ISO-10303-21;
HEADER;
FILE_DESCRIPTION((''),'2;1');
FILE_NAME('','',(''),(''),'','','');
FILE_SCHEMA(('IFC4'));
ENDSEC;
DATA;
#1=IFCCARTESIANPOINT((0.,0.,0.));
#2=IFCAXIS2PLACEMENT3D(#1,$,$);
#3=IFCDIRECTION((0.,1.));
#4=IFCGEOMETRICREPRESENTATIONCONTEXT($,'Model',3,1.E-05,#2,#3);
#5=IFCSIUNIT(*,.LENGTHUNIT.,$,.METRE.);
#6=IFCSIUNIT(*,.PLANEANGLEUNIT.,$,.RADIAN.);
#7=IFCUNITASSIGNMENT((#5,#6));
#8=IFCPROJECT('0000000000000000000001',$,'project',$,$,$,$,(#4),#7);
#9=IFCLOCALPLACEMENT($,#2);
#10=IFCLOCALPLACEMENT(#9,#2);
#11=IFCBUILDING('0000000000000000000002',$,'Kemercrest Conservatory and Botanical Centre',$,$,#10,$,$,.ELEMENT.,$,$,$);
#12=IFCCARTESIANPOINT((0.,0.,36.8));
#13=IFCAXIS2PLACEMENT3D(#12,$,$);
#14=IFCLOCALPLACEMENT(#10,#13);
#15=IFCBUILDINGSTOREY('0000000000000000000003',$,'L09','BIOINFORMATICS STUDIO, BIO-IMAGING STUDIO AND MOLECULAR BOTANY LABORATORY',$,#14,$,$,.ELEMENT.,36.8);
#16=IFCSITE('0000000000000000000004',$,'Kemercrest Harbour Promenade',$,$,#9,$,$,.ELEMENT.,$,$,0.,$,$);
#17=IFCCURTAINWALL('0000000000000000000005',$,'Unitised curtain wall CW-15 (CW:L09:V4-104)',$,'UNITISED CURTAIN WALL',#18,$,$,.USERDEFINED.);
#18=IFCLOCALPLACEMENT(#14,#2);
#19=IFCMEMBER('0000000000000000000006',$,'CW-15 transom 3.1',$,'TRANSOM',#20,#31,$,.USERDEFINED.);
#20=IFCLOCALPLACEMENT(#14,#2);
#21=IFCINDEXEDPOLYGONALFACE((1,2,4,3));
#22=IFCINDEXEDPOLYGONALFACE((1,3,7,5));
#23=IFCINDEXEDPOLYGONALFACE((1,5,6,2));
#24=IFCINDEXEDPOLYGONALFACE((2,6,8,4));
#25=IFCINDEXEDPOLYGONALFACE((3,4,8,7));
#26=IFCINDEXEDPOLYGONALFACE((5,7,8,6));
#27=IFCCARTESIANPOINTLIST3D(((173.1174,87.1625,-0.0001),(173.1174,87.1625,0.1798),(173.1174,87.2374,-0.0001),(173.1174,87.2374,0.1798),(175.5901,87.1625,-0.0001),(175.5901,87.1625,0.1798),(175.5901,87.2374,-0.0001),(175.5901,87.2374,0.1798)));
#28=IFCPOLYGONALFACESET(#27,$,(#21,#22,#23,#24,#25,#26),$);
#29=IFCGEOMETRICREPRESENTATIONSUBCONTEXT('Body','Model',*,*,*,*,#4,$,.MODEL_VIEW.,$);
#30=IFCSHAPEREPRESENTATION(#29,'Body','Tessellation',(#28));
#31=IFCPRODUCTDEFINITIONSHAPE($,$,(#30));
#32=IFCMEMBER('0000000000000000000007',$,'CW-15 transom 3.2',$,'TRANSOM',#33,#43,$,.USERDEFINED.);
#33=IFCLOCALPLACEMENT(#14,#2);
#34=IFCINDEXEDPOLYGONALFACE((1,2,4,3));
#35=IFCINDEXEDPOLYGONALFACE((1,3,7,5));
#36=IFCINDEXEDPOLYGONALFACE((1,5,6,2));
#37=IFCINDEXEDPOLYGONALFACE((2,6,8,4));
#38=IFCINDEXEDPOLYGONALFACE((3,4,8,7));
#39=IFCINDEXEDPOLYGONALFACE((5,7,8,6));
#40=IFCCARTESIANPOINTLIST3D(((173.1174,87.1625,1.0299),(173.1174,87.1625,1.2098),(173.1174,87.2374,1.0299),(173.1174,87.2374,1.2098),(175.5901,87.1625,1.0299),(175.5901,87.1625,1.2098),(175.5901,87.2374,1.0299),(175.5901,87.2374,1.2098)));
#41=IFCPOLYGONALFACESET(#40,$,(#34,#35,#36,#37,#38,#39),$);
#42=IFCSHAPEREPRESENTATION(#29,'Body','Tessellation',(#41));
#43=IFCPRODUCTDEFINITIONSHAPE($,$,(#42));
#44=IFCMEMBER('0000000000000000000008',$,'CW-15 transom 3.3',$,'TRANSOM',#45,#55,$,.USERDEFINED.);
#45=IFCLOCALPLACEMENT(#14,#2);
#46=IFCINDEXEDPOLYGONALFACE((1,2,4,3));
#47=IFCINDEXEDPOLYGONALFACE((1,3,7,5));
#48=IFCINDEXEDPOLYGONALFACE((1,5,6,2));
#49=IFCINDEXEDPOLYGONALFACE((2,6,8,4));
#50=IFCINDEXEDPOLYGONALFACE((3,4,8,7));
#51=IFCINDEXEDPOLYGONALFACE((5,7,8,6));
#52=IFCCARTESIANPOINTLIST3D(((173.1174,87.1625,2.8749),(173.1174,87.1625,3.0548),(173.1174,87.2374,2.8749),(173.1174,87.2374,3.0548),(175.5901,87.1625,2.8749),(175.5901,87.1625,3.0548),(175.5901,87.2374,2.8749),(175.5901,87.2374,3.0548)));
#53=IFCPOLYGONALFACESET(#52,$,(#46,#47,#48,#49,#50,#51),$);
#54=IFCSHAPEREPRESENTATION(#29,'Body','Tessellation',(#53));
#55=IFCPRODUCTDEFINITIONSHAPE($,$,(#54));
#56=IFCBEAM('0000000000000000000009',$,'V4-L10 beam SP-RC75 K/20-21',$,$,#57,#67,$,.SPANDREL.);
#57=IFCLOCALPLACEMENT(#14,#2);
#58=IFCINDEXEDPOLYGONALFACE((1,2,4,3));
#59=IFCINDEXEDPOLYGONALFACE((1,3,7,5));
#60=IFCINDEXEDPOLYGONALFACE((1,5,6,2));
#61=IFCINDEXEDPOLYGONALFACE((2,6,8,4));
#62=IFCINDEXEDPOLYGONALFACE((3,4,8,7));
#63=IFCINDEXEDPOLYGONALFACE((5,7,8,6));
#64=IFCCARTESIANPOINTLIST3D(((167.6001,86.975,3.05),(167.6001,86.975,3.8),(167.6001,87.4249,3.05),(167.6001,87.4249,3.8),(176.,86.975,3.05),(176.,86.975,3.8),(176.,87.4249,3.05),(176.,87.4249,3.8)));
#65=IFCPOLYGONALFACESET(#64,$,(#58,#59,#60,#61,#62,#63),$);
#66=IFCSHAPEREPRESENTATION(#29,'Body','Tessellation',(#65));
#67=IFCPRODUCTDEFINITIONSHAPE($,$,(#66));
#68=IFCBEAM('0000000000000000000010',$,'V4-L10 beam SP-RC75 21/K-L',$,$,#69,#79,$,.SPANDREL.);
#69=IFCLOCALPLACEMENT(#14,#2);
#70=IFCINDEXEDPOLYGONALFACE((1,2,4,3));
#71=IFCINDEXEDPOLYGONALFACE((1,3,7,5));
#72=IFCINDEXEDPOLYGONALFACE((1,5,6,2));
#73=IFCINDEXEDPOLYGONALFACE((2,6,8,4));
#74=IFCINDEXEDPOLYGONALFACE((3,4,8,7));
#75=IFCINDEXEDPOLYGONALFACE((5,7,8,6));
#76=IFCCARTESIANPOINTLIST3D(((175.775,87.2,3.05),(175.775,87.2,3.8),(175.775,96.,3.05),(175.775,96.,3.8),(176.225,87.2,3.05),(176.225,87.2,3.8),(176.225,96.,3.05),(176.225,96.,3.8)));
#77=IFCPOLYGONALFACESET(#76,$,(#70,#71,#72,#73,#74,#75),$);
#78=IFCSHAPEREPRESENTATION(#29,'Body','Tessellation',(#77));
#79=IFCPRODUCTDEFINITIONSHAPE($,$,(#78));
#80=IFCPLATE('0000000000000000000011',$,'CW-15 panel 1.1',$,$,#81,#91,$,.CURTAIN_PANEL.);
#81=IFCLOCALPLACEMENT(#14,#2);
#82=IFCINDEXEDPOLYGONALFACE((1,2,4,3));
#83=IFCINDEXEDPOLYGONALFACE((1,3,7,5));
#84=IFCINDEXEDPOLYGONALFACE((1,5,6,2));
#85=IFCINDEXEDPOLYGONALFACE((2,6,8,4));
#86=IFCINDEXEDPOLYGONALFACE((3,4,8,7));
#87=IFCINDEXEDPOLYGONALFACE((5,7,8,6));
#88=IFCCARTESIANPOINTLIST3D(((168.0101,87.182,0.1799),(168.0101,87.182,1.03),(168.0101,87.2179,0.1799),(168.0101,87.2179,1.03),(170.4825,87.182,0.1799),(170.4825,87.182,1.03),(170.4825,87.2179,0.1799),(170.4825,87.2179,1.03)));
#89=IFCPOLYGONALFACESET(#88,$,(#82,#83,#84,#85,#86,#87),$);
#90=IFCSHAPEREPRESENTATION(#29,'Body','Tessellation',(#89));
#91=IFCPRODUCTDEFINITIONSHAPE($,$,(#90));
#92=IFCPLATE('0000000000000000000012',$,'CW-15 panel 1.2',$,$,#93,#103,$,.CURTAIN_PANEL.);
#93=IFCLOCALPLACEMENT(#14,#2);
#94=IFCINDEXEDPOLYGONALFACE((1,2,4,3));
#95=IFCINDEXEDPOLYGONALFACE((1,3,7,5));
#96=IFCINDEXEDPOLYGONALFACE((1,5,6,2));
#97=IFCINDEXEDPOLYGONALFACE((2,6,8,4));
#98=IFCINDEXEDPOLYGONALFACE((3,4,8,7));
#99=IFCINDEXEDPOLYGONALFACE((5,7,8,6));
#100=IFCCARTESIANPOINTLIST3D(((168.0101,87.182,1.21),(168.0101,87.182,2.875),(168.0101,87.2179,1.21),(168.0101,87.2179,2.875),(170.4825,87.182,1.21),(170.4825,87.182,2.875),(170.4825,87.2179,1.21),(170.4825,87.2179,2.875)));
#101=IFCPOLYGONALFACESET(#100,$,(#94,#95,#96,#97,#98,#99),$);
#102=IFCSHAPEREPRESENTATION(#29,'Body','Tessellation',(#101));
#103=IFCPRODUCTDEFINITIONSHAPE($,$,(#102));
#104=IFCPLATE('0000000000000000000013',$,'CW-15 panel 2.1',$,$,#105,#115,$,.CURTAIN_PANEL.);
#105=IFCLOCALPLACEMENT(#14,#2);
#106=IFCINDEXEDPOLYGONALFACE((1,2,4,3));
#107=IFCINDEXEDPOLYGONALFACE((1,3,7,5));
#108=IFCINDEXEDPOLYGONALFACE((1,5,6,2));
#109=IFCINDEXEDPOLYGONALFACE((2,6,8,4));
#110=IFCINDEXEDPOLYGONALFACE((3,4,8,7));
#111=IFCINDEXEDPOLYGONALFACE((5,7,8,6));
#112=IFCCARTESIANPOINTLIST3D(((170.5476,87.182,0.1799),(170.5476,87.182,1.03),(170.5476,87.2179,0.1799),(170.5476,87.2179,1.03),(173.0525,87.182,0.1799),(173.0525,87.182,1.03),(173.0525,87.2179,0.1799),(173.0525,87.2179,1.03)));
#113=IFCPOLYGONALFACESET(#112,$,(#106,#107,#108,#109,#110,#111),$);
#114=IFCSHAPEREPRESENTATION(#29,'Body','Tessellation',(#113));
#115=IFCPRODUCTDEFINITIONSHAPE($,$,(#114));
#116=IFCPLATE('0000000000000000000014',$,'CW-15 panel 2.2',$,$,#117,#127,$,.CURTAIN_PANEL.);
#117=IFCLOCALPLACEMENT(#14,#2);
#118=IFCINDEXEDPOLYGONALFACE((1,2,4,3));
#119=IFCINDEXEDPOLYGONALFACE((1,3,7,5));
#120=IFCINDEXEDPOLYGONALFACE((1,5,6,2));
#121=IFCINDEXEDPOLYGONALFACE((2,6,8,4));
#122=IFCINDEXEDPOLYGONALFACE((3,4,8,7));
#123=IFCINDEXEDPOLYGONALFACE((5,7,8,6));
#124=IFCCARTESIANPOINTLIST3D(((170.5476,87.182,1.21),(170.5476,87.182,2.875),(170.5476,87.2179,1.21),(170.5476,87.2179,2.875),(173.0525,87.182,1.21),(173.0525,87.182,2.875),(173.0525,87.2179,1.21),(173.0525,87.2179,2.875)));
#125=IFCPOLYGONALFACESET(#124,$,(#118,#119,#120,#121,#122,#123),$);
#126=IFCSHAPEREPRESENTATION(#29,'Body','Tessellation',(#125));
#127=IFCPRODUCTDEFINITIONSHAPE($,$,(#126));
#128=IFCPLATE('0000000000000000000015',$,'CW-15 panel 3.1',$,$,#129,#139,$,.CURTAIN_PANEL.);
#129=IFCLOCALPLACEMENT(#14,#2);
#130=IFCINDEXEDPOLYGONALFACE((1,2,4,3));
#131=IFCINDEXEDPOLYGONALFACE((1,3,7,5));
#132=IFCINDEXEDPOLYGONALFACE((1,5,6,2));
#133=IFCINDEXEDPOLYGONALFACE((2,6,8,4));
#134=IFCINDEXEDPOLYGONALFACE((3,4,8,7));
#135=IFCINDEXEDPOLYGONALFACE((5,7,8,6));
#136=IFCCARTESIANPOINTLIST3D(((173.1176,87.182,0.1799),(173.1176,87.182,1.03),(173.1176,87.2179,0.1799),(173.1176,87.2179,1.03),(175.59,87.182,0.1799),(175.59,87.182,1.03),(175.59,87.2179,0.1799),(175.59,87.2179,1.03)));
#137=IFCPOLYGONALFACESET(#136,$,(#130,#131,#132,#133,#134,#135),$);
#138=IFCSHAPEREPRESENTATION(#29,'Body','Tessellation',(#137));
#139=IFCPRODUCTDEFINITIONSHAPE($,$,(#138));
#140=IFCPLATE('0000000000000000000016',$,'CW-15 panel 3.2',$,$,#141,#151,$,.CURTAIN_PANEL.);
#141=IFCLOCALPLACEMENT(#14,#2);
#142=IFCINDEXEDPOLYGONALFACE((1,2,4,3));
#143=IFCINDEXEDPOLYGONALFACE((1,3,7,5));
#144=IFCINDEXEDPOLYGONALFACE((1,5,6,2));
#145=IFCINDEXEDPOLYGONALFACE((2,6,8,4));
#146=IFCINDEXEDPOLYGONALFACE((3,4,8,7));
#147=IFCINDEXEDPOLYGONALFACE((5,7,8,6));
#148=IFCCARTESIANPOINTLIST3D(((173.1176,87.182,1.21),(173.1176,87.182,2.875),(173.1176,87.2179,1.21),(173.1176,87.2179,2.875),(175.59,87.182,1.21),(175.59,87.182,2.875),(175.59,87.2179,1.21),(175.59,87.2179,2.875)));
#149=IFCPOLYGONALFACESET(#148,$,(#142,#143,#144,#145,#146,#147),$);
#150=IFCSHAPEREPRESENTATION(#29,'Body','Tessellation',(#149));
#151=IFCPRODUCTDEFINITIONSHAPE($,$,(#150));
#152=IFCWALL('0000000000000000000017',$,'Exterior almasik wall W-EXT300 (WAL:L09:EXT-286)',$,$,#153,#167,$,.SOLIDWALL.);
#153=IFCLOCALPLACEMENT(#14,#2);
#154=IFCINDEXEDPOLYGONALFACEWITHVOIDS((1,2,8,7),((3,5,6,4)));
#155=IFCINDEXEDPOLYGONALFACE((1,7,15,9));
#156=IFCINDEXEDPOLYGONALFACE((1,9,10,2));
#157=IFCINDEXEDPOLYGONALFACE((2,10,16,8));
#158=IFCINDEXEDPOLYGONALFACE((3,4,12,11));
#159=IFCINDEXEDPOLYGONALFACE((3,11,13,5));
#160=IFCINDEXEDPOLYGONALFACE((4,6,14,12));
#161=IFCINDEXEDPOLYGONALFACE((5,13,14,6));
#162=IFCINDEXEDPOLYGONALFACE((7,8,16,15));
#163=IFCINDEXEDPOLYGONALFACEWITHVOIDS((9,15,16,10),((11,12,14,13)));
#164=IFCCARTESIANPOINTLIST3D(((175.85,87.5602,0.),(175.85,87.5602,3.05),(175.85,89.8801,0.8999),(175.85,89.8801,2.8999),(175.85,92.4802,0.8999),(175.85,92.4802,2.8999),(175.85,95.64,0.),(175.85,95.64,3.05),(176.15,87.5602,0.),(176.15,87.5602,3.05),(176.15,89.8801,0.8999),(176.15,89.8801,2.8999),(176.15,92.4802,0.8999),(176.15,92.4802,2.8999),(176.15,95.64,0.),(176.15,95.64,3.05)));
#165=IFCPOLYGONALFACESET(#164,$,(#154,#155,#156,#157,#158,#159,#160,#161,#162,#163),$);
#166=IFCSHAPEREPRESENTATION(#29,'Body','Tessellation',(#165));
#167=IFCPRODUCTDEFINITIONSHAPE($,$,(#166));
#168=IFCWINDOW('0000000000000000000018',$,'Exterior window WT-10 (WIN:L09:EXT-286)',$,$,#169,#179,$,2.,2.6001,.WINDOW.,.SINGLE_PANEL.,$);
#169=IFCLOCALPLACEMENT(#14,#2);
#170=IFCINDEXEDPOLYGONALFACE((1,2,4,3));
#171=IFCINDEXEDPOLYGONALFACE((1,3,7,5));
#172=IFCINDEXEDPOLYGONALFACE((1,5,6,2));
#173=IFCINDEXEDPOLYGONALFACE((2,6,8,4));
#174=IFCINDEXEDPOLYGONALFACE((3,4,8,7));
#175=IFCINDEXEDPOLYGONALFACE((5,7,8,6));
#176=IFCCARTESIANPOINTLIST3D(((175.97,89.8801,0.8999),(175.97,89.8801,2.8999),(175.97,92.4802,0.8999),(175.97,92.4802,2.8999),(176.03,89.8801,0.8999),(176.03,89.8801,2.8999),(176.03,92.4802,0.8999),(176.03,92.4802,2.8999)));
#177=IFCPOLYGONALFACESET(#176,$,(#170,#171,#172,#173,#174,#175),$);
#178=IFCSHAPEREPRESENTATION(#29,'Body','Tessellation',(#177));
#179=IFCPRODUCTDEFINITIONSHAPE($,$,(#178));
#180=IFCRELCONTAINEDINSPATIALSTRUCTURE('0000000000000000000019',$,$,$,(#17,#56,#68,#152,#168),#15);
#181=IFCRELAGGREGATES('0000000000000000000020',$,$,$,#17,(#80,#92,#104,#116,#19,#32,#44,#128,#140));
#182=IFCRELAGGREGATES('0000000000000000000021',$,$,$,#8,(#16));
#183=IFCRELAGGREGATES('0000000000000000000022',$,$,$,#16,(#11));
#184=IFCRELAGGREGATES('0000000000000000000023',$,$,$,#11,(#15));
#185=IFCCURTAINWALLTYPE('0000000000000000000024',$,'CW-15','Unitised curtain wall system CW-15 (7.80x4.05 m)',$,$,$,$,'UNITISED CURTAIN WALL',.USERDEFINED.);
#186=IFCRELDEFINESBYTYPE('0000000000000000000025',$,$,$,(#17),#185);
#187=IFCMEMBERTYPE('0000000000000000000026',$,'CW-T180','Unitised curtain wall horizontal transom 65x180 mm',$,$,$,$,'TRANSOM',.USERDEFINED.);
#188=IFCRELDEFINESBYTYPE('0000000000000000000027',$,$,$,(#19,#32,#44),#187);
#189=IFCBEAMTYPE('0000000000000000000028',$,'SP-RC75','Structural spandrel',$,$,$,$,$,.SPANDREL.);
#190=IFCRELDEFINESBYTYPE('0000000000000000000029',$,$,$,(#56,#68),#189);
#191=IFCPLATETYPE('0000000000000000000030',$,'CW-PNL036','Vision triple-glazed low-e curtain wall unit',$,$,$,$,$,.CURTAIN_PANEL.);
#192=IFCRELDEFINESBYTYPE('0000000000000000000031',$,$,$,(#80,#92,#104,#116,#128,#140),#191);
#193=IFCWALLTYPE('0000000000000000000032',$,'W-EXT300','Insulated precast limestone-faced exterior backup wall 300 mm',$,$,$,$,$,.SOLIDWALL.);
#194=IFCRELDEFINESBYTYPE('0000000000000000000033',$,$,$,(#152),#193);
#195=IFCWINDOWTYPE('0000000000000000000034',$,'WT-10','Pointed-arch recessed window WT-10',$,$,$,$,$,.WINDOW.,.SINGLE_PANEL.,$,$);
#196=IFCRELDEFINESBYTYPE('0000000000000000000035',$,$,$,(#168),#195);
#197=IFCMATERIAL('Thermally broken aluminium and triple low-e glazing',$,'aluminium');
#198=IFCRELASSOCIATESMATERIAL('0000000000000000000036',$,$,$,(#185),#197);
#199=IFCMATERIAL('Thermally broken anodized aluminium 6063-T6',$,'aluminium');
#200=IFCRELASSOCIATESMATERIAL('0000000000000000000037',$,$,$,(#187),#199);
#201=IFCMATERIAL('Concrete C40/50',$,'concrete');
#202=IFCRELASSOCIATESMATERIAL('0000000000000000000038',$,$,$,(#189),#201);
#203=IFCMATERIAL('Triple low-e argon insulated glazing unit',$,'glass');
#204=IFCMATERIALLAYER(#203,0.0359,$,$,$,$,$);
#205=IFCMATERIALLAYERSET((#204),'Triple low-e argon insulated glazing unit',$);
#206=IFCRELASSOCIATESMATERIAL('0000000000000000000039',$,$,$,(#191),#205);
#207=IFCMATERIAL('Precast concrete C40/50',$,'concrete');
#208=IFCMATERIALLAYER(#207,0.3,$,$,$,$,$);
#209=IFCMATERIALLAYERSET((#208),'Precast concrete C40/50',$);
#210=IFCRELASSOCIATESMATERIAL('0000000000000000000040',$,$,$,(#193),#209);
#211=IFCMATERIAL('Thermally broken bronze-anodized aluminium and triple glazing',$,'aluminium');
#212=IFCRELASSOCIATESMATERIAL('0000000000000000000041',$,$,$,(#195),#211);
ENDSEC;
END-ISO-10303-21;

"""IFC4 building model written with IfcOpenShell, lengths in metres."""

from ifc_helpers import new_model, si_unit, direction, frame, frame_2d, origin, origin_2d, place, context, subcontext, project, spatial, rectangle, extrude, material, layer, layer_set, material_profile, profile_set, type_object, element, fill, aggregate, save


model = new_model("IFC4")

# Units and contexts
model_context = context("Model", 3, precision=1e-05, world=origin(), true_north=direction((0.0, 1.0)))
body_context = subcontext(model_context, "Body", "Model", "MODEL_VIEW")
ifc_project = project(units=[si_unit("LENGTHUNIT", "METRE"), si_unit("PLANEANGLEUNIT", "RADIAN")], contexts=[model_context])

# Site, building, storey
site_placement = place(None, origin())
site = spatial("IfcSite", under=ifc_project, at=site_placement, Name="Kemercrest Harbour Promenade", CompositionType="ELEMENT", RefElevation=0.0)
building_placement = place(site_placement, origin())
building = spatial("IfcBuilding", under=site, at=building_placement, Name="Kemercrest Conservatory and Botanical Centre", CompositionType="ELEMENT")
storey_placement = place(building_placement, frame((0.0, 0.0, 36.8)))
storey = spatial("IfcBuildingStorey", under=building, at=storey_placement, Name="L09", Description="BIOINFORMATICS STUDIO, BIO-IMAGING STUDIO AND MOLECULAR BOTANY LABORATORY", CompositionType="ELEMENT", Elevation=36.8)

# Shared definitions
ifc_material_1 = material(Name="Concrete C40/50", Category="concrete")

# Shared definitions
ifc_material_2 = material(Name="Thermally broken aluminium and triple low-e glazing", Category="aluminium")
ifc_material_3 = material(Name="Thermally broken anodized aluminium 6063-T6", Category="aluminium")

# Curtain wall, members
curtain_wall_type_1 = type_object("IfcCurtainWallType", Name="CW-15", Description="Unitised curtain wall system CW-15 (7.80x4.05 m)", ElementType="UNITISED CURTAIN WALL", PredefinedType="USERDEFINED", material=ifc_material_2)
curtain_wall_1_placement = place(storey_placement, origin())
curtain_wall_1 = element("IfcCurtainWall", 1, at=curtain_wall_1_placement, inside=storey, type_object=curtain_wall_type_1, Name="Unitised curtain wall CW-15 (CW:L09:V4-104)", ObjectType="UNITISED CURTAIN WALL", PredefinedType="USERDEFINED")
ifc_material_profile_1 = material_profile(ifc_material_3, rectangle(XDim=0.075, YDim=0.1799, at=origin_2d()), Name="AL TRANSOM 75x180")
ifc_profile_set_1 = profile_set([ifc_material_profile_1], Name="Thermally broken anodized aluminium 6063-T6")
member_type_1 = type_object("IfcMemberType", Name="CW-T180", Description="Unitised curtain wall horizontal transom 65x180 mm", ElementType="TRANSOM", PredefinedType="USERDEFINED", material=ifc_profile_set_1)
member_1_placement = place(storey_placement, frame((173.1174, 87.2, 0.0898), z_axis=(1.0, 0.0, 0.0), x_axis=(0.0, 1.0, 0.0)))
member_1 = element("IfcMember", 2, at=member_1_placement, type_object=member_type_1, Name="CW-15 transom 3.1", ObjectType="TRANSOM", PredefinedType="USERDEFINED", context=body_context, shape_type="SweptSolid", body=[
    extrude(rectangle(XDim=0.075, YDim=0.1799, at=origin_2d()), origin(), (0.0, 0.0, 1.0), 2.4727),
])
member_2_placement = place(storey_placement, frame((173.1174, 87.2, 1.1199), z_axis=(1.0, 0.0, 0.0), x_axis=(0.0, 1.0, 0.0)))
member_2 = element("IfcMember", 3, at=member_2_placement, type_object=member_type_1, Name="CW-15 transom 3.2", ObjectType="TRANSOM", PredefinedType="USERDEFINED", context=body_context, shape_type="SweptSolid", body=[
    extrude(rectangle(XDim=0.075, YDim=0.1799, at=origin_2d()), origin(), (0.0, 0.0, 1.0), 2.4727),
])
member_3_placement = place(storey_placement, frame((173.1174, 87.2, 2.9648), z_axis=(1.0, 0.0, 0.0), x_axis=(0.0, 1.0, 0.0)))
member_3 = element("IfcMember", 4, at=member_3_placement, type_object=member_type_1, Name="CW-15 transom 3.3", ObjectType="TRANSOM", PredefinedType="USERDEFINED", context=body_context, shape_type="SweptSolid", body=[
    extrude(rectangle(XDim=0.075, YDim=0.1799, at=origin_2d()), origin(), (0.0, 0.0, 1.0), 2.4727),
])

# Beams
ifc_material_profile_2 = material_profile(ifc_material_1, rectangle(XDim=0.45, YDim=0.75, at=origin_2d()), Name="RC 450x750")
ifc_profile_set_2 = profile_set([ifc_material_profile_2], Name="Concrete C40/50")
beam_type_1 = type_object("IfcBeamType", Name="SP-RC75", Description="Structural spandrel", PredefinedType="SPANDREL", material=ifc_profile_set_2)
beam_1_placement = place(storey_placement, frame((167.6001, 87.2, 3.425), z_axis=(1.0, 0.0, 0.0), x_axis=(0.0, 1.0, 0.0)))
element("IfcBeam", 5, at=beam_1_placement, inside=storey, type_object=beam_type_1, Name="V4-L10 beam SP-RC75 K/20-21", PredefinedType="SPANDREL", context=body_context, shape_type="SweptSolid", body=[
    extrude(rectangle(XDim=0.45, YDim=0.75, at=origin_2d()), origin(), (0.0, 0.0, 1.0), 8.3999),
])
beam_2_placement = place(storey_placement, frame((176.0, 87.2, 3.425), z_axis=(0.0, 1.0, 0.0), x_axis=(-1.0, 0.0, 0.0)))
element("IfcBeam", 6, at=beam_2_placement, inside=storey, type_object=beam_type_1, Name="V4-L10 beam SP-RC75 21/K-L", PredefinedType="SPANDREL", context=body_context, shape_type="SweptSolid", body=[
    extrude(rectangle(XDim=0.45, YDim=0.75, at=origin_2d()), origin(), (0.0, 0.0, 1.0), 8.8),
])

# Plates
ifc_material_4 = material(Name="Triple low-e argon insulated glazing unit", Category="glass")
ifc_layer_1 = layer(ifc_material_4, 0.0359)
ifc_layer_set_1 = layer_set([ifc_layer_1], Name="Triple low-e argon insulated glazing unit")
plate_type = type_object("IfcPlateType", Name="CW-PNL036", Description="Vision triple-glazed low-e curtain wall unit", PredefinedType="CURTAIN_PANEL", material=ifc_layer_set_1)
plate_1_placement = place(storey_placement, frame((169.2463, 87.2, 0.1799), z_axis=(0.0, 0.0, 1.0), x_axis=(1.0, 0.0, 0.0)))
plate_1 = element("IfcPlate", 7, at=plate_1_placement, type_object=plate_type, Name="CW-15 panel 1.1", PredefinedType="CURTAIN_PANEL", context=body_context, shape_type="SweptSolid", body=[
    extrude(rectangle(XDim=2.4724, YDim=0.0359, at=origin_2d()), origin(), (0.0, 0.0, 1.0), 0.8501),
])
plate_2_placement = place(storey_placement, frame((169.2463, 87.2, 1.21), z_axis=(0.0, 0.0, 1.0), x_axis=(1.0, 0.0, 0.0)))
plate_2 = element("IfcPlate", 8, at=plate_2_placement, type_object=plate_type, Name="CW-15 panel 1.2", PredefinedType="CURTAIN_PANEL", context=body_context, shape_type="SweptSolid", body=[
    extrude(rectangle(XDim=2.4724, YDim=0.0359, at=origin_2d()), origin(), (0.0, 0.0, 1.0), 1.665),
])
plate_3_placement = place(storey_placement, frame((171.8, 87.2, 0.1799), z_axis=(0.0, 0.0, 1.0), x_axis=(1.0, 0.0, 0.0)))
plate_3 = element("IfcPlate", 9, at=plate_3_placement, type_object=plate_type, Name="CW-15 panel 2.1", PredefinedType="CURTAIN_PANEL", context=body_context, shape_type="SweptSolid", body=[
    extrude(rectangle(XDim=2.5049, YDim=0.0359, at=origin_2d()), origin(), (0.0, 0.0, 1.0), 0.8501),
])
plate_4_placement = place(storey_placement, frame((171.8, 87.2, 1.21), z_axis=(0.0, 0.0, 1.0), x_axis=(1.0, 0.0, 0.0)))
plate_4 = element("IfcPlate", 10, at=plate_4_placement, type_object=plate_type, Name="CW-15 panel 2.2", PredefinedType="CURTAIN_PANEL", context=body_context, shape_type="SweptSolid", body=[
    extrude(rectangle(XDim=2.5049, YDim=0.0359, at=origin_2d()), origin(), (0.0, 0.0, 1.0), 1.665),
])
plate_5_placement = place(storey_placement, frame((174.3538, 87.2, 0.1799), z_axis=(0.0, 0.0, 1.0), x_axis=(1.0, 0.0, 0.0)))
plate_5 = element("IfcPlate", 11, at=plate_5_placement, type_object=plate_type, Name="CW-15 panel 3.1", PredefinedType="CURTAIN_PANEL", context=body_context, shape_type="SweptSolid", body=[
    extrude(rectangle(XDim=2.4724, YDim=0.0359, at=origin_2d()), origin(), (0.0, 0.0, 1.0), 0.8501),
])
plate_6_placement = place(storey_placement, frame((174.3538, 87.2, 1.21), z_axis=(0.0, 0.0, 1.0), x_axis=(1.0, 0.0, 0.0)))
plate_6 = element("IfcPlate", 12, at=plate_6_placement, type_object=plate_type, Name="CW-15 panel 3.2", PredefinedType="CURTAIN_PANEL", context=body_context, shape_type="SweptSolid", body=[
    extrude(rectangle(XDim=2.4724, YDim=0.0359, at=origin_2d()), origin(), (0.0, 0.0, 1.0), 1.665),
])
aggregate(curtain_wall_1, [plate_1, plate_2, plate_3, plate_4, member_1, member_2, member_3, plate_5, plate_6])

# Wall, opening, window
ifc_material_5 = material(Name="Precast concrete C40/50", Category="concrete")
ifc_layer_2 = layer(ifc_material_5, 0.3)
ifc_layer_set_2 = layer_set([ifc_layer_2], Name="Precast concrete C40/50")
wall_type = type_object("IfcWallType", Name="W-EXT300", Description="Insulated precast limestone-faced exterior backup wall 300 mm", PredefinedType="SOLIDWALL", material=ifc_layer_set_2)
wall_placement = place(storey_placement, frame((176.0, 87.5601, 0.0), z_axis=(0.0, 0.0, 1.0), x_axis=(0.0, 1.0, 0.0)))
wall = element("IfcWall", 13, at=wall_placement, inside=storey, type_object=wall_type, Name="Exterior almasik wall W-EXT300 (WAL:L09:EXT-286)", PredefinedType="SOLIDWALL", context=body_context, shape_type="SweptSolid", body=[
    extrude(rectangle(XDim=8.0798, YDim=0.3, at=frame_2d((4.04, 0.0))), origin(), (0.0, 0.0, 1.0), 3.05),
])
opening_placement = place(wall_placement, frame((2.3201, 0.0, 0.8999)))
opening = element("IfcOpeningElement", 14, at=opening_placement, cuts=wall, PredefinedType="OPENING", context=body_context, shape_type="SweptSolid", body=[
    extrude(rectangle(XDim=2.6001, YDim=2.0, at=frame_2d((1.3, 1.0))), frame((0.0, 0.1602, 0.0), z_axis=(0.0, -1.0, 0.0), x_axis=(1.0, 0.0, 0.0)), (0.0, 0.0, 1.0), 0.3201),
])
ifc_material_6 = material(Name="Thermally broken bronze-anodized aluminium and triple glazing", Category="aluminium")
window_type = type_object("IfcWindowType", Name="WT-10", Description="Pointed-arch recessed window WT-10", PartitioningType="SINGLE_PANEL", PredefinedType="WINDOW", material=ifc_material_6)
window_placement = place(opening_placement, origin())
window = element("IfcWindow", 15, at=window_placement, inside=storey, type_object=window_type, Name="Exterior window WT-10 (WIN:L09:EXT-286)", OverallHeight=2.0, OverallWidth=2.6001, PartitioningType="SINGLE_PANEL", PredefinedType="WINDOW", context=body_context, shape_type="SweptSolid", body=[
    extrude(rectangle(XDim=2.6001, YDim=2.0, at=frame_2d((1.3, 1.0))), frame((0.0, 0.03, 0.0), z_axis=(0.0, -1.0, 0.0), x_axis=(1.0, 0.0, 0.0)), (0.0, 0.0, 1.0), 0.0601),
])
fill(opening, window)

save(model, "model.ifc")
